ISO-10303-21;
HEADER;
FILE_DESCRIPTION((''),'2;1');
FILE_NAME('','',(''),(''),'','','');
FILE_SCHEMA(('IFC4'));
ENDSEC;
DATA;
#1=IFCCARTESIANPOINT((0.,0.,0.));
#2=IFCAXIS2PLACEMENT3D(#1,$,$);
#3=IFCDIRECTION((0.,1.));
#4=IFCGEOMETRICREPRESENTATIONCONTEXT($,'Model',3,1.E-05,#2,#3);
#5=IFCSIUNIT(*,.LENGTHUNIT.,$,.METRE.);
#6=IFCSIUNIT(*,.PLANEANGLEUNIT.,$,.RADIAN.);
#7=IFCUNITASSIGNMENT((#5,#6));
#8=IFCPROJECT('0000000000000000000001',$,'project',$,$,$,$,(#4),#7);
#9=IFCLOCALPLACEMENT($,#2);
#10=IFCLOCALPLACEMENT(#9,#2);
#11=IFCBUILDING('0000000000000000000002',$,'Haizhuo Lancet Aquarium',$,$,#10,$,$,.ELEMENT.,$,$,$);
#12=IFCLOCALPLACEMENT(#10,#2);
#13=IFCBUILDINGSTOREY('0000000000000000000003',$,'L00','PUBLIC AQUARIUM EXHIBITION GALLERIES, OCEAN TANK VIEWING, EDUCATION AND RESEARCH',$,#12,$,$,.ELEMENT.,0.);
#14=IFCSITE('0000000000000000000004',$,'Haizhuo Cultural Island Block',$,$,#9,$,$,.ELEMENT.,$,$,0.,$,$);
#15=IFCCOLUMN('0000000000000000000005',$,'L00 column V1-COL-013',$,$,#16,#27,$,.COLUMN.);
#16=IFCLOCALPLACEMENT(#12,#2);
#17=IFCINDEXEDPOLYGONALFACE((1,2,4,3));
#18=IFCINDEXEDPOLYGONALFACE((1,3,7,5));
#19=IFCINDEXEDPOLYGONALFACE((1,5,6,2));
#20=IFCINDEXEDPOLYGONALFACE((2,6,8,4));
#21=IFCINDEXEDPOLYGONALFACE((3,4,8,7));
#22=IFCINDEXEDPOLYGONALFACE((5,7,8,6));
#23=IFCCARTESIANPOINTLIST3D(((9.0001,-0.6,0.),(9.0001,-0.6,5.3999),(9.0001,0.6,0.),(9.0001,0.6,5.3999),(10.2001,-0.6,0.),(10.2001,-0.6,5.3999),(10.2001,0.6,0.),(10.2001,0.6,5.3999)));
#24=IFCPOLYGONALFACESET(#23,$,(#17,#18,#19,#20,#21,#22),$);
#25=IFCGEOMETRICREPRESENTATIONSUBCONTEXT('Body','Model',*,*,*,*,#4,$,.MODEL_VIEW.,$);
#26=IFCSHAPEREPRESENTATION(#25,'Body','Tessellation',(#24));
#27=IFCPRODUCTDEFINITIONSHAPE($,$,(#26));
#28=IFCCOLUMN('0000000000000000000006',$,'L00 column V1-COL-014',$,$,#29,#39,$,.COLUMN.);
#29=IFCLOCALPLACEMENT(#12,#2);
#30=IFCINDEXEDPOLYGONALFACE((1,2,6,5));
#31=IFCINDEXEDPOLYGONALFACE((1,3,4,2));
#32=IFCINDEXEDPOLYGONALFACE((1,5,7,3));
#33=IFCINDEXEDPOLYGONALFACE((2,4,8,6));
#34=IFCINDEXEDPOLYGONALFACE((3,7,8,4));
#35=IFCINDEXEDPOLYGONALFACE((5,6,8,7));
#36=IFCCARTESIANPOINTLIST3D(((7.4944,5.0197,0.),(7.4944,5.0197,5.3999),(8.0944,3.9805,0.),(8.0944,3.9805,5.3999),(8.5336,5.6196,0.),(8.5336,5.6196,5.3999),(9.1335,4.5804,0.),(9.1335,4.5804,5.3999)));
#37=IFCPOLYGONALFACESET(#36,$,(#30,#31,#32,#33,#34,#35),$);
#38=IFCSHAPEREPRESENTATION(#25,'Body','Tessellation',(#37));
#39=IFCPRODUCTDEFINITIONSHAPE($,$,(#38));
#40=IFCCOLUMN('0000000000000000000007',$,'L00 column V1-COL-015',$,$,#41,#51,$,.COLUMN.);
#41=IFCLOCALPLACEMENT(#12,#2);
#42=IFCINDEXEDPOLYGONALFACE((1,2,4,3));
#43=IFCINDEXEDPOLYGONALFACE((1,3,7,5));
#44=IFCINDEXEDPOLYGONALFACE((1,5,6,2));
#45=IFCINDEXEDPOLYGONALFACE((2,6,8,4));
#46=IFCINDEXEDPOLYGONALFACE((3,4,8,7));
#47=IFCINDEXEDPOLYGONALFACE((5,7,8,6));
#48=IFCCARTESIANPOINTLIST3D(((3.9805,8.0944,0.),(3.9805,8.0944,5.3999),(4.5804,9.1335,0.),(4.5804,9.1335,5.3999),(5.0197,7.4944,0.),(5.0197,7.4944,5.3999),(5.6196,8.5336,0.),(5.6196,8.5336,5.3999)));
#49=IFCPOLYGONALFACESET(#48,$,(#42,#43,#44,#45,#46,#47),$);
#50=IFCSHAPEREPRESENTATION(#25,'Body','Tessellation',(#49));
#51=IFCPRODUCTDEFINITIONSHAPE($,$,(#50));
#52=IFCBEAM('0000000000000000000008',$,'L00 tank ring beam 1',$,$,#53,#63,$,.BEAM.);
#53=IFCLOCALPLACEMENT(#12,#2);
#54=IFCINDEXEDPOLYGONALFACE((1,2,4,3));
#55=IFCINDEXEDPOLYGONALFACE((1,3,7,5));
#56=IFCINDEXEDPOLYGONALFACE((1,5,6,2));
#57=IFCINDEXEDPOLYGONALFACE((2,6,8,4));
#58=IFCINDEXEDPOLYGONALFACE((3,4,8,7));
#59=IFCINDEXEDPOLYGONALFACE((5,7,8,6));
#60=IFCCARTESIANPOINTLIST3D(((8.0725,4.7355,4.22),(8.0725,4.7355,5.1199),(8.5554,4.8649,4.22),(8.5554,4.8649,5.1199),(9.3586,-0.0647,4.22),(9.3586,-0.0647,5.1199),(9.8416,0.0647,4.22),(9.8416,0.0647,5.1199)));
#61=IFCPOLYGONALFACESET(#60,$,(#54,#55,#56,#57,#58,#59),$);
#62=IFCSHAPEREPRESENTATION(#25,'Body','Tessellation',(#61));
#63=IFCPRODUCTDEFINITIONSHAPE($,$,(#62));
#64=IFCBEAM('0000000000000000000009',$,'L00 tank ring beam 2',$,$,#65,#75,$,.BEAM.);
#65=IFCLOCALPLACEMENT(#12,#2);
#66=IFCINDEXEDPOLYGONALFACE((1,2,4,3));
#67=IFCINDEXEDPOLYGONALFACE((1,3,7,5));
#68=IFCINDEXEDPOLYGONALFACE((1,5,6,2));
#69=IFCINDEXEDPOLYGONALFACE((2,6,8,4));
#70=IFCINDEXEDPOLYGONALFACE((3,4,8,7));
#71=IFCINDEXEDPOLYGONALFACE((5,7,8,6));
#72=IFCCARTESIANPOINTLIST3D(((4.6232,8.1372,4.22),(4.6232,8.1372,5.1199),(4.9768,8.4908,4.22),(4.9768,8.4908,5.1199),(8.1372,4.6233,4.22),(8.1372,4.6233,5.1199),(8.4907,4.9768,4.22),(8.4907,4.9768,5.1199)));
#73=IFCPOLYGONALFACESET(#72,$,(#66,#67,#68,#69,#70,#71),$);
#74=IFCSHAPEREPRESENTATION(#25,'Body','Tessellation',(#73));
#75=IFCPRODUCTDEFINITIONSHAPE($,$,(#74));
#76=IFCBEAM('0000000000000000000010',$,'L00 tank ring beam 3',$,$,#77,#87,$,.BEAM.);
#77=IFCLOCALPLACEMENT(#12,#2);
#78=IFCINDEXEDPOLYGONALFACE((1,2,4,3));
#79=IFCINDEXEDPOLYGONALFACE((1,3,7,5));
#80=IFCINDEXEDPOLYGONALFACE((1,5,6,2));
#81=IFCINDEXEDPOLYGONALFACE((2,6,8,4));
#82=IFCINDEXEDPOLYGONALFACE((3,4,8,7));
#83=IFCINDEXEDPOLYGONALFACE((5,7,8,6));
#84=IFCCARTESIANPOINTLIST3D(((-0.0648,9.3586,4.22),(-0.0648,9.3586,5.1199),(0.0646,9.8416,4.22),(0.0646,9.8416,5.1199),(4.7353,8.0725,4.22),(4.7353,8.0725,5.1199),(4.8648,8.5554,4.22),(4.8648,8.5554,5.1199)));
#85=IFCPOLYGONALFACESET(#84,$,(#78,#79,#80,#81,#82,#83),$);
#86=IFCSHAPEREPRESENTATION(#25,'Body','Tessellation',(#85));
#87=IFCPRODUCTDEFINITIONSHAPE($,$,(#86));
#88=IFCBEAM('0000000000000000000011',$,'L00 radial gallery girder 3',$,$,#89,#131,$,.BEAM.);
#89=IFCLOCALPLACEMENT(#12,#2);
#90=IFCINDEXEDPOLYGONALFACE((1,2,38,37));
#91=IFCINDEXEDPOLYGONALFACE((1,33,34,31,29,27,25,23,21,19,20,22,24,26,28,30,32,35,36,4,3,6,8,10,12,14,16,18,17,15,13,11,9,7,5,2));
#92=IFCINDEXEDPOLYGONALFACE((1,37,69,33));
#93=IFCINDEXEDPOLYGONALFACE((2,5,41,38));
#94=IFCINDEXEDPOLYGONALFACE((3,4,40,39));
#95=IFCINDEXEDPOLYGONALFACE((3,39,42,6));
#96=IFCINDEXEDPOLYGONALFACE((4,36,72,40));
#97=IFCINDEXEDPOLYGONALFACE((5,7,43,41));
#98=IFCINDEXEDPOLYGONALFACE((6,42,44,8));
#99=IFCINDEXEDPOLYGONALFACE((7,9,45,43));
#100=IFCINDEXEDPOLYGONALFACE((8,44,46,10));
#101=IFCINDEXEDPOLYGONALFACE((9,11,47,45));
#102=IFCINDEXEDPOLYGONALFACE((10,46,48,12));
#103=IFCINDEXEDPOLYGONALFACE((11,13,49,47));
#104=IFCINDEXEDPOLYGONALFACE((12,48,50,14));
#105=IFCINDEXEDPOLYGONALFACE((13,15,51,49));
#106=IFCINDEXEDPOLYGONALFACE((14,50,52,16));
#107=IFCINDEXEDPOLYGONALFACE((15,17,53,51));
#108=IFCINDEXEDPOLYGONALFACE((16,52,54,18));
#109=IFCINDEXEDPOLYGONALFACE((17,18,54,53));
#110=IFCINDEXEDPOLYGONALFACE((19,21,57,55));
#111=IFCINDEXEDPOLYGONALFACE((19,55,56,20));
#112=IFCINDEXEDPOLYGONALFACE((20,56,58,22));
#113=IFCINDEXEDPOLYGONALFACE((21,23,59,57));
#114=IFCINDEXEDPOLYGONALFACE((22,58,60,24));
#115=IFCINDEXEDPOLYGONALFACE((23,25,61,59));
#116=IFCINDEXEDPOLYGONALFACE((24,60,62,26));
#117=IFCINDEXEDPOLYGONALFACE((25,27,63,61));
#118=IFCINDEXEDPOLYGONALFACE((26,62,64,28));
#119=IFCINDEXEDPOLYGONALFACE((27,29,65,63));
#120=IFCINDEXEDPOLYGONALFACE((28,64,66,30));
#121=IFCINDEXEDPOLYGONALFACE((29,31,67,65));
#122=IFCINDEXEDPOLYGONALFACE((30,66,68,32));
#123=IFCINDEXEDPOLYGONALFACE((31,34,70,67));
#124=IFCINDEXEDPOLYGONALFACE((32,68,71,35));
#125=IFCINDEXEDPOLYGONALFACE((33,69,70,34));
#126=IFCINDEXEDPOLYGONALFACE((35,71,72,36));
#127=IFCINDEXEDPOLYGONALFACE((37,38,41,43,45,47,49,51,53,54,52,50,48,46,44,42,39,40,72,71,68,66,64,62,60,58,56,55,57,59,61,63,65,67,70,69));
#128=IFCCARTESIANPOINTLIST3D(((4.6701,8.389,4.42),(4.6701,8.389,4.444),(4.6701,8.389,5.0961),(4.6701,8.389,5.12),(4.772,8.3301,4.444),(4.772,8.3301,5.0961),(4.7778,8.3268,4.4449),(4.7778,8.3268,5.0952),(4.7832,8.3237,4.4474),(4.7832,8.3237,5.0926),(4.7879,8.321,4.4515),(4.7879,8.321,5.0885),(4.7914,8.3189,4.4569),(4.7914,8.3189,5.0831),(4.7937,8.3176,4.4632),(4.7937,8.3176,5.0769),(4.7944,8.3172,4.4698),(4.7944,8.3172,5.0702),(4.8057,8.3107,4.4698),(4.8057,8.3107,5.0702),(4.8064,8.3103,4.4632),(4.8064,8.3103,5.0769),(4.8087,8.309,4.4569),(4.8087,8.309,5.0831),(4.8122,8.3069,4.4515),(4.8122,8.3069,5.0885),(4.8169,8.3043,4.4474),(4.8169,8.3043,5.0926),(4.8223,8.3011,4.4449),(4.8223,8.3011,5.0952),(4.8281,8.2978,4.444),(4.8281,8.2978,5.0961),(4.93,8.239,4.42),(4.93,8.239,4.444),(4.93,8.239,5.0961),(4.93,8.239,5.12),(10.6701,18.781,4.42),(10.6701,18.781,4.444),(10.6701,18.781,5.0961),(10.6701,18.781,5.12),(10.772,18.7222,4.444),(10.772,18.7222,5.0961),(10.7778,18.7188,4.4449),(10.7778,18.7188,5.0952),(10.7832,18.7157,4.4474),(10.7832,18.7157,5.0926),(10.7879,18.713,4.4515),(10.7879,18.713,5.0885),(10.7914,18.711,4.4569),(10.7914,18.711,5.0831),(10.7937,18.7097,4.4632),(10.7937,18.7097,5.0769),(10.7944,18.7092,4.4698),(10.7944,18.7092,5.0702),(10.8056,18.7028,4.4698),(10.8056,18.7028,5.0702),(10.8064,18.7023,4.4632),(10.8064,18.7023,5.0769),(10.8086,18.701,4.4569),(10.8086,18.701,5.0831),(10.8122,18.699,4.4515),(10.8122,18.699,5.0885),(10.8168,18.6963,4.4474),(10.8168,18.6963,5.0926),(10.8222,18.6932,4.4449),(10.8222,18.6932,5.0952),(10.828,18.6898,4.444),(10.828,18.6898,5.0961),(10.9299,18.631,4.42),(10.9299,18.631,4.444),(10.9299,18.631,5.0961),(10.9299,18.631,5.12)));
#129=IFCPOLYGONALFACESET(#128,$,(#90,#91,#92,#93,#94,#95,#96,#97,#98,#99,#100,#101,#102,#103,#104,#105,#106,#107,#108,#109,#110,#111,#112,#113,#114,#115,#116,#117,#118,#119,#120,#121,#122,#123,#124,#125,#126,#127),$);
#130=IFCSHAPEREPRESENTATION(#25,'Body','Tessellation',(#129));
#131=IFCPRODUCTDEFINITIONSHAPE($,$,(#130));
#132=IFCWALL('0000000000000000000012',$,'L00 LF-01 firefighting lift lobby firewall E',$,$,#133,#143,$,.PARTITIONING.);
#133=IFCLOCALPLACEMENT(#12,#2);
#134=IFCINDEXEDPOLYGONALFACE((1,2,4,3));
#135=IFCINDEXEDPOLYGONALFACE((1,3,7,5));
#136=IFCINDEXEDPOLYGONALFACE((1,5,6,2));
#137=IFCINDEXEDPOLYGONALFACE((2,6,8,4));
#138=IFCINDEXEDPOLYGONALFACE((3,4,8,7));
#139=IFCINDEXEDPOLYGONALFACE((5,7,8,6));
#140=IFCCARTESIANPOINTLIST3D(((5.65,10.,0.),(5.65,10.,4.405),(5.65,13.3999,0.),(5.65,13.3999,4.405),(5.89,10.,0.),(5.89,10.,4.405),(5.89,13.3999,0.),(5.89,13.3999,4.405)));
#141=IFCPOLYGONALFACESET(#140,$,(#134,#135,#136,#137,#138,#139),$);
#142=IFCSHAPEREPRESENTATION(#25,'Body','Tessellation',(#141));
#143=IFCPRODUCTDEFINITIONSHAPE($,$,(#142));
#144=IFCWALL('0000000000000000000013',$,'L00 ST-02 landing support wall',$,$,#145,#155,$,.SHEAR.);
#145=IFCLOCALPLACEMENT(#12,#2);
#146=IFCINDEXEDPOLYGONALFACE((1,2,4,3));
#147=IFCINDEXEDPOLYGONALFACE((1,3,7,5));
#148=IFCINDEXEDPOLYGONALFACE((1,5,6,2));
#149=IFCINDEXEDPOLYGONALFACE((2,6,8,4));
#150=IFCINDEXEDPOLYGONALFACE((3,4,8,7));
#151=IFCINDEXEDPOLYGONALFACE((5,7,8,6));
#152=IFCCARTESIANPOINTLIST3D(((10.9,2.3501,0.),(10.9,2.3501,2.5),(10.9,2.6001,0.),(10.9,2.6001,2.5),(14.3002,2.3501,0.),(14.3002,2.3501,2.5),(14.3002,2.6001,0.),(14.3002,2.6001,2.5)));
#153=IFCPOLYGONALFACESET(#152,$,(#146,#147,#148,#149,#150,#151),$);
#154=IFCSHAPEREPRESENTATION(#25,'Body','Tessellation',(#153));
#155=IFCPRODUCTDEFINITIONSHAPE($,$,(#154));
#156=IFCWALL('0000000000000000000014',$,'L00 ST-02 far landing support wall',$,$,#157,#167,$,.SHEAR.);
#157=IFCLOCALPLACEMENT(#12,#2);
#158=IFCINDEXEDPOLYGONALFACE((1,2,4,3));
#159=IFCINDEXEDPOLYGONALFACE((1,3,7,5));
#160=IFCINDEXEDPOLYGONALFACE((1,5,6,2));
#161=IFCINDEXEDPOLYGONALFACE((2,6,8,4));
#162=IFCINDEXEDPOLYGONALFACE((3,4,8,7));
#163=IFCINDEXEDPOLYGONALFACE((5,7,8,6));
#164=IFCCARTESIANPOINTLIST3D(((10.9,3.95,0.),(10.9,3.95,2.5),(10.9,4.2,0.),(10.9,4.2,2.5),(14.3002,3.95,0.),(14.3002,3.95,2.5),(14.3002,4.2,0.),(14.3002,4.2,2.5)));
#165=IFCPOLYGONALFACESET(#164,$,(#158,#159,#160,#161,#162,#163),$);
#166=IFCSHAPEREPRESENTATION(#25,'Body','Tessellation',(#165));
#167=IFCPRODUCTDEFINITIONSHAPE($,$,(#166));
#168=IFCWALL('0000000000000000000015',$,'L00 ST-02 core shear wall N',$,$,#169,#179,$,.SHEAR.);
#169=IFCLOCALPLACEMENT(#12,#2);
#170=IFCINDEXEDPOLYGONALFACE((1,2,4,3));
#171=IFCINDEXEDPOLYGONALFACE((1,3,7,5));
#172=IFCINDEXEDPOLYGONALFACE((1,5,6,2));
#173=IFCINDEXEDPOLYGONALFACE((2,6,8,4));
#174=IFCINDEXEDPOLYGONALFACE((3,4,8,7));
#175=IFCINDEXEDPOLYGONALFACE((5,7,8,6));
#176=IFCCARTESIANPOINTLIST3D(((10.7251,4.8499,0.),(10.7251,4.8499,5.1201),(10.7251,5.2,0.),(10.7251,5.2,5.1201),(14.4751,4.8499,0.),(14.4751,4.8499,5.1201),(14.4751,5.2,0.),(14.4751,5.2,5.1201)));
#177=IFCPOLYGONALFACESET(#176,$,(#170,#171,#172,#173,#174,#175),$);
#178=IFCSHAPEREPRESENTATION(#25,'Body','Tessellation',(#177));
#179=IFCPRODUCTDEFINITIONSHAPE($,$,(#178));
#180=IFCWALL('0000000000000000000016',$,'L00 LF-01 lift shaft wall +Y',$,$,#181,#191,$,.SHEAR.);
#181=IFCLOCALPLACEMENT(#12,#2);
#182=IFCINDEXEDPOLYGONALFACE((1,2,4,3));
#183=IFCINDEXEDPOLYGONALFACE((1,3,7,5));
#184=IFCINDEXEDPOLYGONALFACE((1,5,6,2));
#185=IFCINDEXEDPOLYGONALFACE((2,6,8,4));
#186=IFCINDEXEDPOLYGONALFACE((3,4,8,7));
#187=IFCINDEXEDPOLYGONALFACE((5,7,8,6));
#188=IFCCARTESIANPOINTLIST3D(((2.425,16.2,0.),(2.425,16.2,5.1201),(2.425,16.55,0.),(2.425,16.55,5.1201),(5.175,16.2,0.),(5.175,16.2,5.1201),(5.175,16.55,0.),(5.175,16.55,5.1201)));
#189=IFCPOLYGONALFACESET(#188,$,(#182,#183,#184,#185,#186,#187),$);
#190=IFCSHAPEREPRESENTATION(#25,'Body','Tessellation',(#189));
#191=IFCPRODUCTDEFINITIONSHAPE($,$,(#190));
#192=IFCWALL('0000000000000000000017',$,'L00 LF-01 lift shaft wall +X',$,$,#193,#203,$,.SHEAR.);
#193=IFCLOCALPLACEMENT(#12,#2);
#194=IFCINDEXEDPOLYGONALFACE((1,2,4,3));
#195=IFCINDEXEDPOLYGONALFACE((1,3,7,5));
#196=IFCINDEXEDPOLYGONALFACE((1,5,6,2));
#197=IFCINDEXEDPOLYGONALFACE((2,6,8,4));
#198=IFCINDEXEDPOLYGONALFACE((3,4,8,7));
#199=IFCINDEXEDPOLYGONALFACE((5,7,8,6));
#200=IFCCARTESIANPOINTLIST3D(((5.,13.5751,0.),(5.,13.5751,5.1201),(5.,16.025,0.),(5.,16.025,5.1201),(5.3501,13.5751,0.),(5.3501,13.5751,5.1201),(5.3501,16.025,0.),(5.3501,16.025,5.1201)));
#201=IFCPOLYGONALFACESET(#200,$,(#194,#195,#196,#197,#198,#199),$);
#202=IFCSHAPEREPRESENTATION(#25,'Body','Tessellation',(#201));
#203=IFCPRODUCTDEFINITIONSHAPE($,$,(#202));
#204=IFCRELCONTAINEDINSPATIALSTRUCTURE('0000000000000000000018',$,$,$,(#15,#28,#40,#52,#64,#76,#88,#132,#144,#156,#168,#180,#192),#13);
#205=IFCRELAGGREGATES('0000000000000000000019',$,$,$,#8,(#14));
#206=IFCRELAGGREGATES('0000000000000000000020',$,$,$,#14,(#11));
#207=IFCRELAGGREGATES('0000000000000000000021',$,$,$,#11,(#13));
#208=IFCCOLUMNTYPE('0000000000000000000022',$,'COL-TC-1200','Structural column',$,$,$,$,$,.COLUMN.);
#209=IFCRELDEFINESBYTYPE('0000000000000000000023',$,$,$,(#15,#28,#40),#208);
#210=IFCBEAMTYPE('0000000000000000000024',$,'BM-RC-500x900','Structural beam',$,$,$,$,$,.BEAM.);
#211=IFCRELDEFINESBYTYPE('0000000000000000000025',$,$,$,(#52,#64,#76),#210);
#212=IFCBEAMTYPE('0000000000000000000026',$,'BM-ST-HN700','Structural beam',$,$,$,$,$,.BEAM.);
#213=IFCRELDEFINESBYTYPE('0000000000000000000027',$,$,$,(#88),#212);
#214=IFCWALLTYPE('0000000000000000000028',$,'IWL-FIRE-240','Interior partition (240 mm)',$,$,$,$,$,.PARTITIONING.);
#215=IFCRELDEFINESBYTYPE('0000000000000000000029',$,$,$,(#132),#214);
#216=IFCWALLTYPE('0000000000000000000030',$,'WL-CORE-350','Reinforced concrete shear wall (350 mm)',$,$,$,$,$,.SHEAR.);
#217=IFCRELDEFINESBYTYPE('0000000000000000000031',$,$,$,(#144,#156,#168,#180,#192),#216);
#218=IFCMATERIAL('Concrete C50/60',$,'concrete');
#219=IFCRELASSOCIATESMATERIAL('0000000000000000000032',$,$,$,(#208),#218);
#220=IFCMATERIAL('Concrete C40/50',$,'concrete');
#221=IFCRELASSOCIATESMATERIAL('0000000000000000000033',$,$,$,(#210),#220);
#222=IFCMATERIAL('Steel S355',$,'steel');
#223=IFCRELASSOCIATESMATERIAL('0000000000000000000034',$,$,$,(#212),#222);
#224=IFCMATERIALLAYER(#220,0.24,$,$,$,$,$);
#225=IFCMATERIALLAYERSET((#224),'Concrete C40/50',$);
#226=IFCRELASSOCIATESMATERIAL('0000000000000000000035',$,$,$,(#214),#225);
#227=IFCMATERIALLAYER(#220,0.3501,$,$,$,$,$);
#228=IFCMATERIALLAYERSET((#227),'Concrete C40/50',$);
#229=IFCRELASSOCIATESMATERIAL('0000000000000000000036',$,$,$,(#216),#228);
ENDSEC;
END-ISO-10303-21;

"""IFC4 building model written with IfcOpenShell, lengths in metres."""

from ifc_helpers import new_model, si_unit, direction, frame, frame_2d, origin, origin_2d, place, context, subcontext, project, spatial, rectangle, i_section, extrude, material, layer, layer_set, material_profile, profile_set, type_object, element, save


model = new_model("IFC4")

# Units and contexts
model_context = context("Model", 3, precision=1e-05, world=origin(), true_north=direction((0.0, 1.0)))
body_context = subcontext(model_context, "Body", "Model", "MODEL_VIEW")
ifc_project = project(units=[si_unit("LENGTHUNIT", "METRE"), si_unit("PLANEANGLEUNIT", "RADIAN")], contexts=[model_context])

# Site, building, storey
site_placement = place(None, origin())
site = spatial("IfcSite", under=ifc_project, at=site_placement, Name="Haizhuo Cultural Island Block", CompositionType="ELEMENT", RefElevation=0.0)
building_placement = place(site_placement, origin())
building = spatial("IfcBuilding", under=site, at=building_placement, Name="Haizhuo Lancet Aquarium", CompositionType="ELEMENT")
storey_placement = place(building_placement, origin())
storey = spatial("IfcBuildingStorey", under=building, at=storey_placement, Name="L00", Description="PUBLIC AQUARIUM EXHIBITION GALLERIES, OCEAN TANK VIEWING, EDUCATION AND RESEARCH", CompositionType="ELEMENT", Elevation=0.0)

# Columns
ifc_material_1 = material(Name="Concrete C50/60", Category="concrete")
ifc_material_profile_1 = material_profile(ifc_material_1, rectangle(XDim=1.2, YDim=1.2, at=origin_2d()), Name="RC-COL 1200x1200")
ifc_profile_set_1 = profile_set([ifc_material_profile_1], Name="Concrete C50/60")
column_type = type_object("IfcColumnType", Name="COL-TC-1200", Description="Structural column", PredefinedType="COLUMN", material=ifc_profile_set_1)
for number, where, z_axis, x_axis, name in (
    (1, (9.6001, 0.0, 0.0), (0.0, 0.0, 1.0), (1.0, 0.0, 0.0), "L00 column V1-COL-013"),
    (2, (8.314, 4.8, 0.0), (0.0, 0.0, 1.0), (0.866025, 0.5, 0.0), "L00 column V1-COL-014"),
    (3, (4.8, 8.314, 0.0), (0.0, 0.0, 1.0), (0.5, 0.866025, 0.0), "L00 column V1-COL-015"),
):
    element("IfcColumn", number, at=place(storey_placement, frame(where, z_axis=z_axis, x_axis=x_axis)), inside=storey, type_object=column_type, Name=name, PredefinedType="COLUMN", context=body_context, shape_type="SweptSolid", body=[
        extrude(rectangle(XDim=1.2, YDim=1.2, at=origin_2d()), origin(), (0.0, 0.0, 1.0), 5.3999),
    ])

# Beams
ifc_material_2 = material(Name="Concrete C40/50", Category="concrete")
ifc_material_profile_2 = material_profile(ifc_material_2, rectangle(XDim=0.5, YDim=0.8999, at=origin_2d()), Name="RC-BM 500x900")
ifc_profile_set_2 = profile_set([ifc_material_profile_2], Name="Concrete C40/50")
beam_type_1 = type_object("IfcBeamType", Name="BM-RC-500x900", Description="Structural beam", PredefinedType="BEAM", material=ifc_profile_set_2)
for number, where, z_axis, x_axis, name in (
    (4, (9.6001, 0.0, 4.6699), (-0.258812, 0.965928, 0.0), (-0.965928, -0.258812, 0.0), "L00 tank ring beam 1"),
    (5, (8.314, 4.8, 4.6699), (-0.707107, 0.707107, 0.0), (-0.707107, -0.707107, 0.0), "L00 tank ring beam 2"),
    (6, (4.8, 8.314, 4.6699), (-0.965928, 0.258812, 0.0), (-0.258812, -0.965928, 0.0), "L00 tank ring beam 3"),
):
    element("IfcBeam", number, at=place(storey_placement, frame(where, z_axis=z_axis, x_axis=x_axis)), inside=storey, type_object=beam_type_1, Name=name, PredefinedType="BEAM", context=body_context, shape_type="SweptSolid", body=[
        extrude(rectangle(XDim=0.5, YDim=0.8999, at=origin_2d()), origin(), (0.0, 0.0, 1.0), 4.9695),
    ])
ifc_material_3 = material(Name="Steel S355", Category="steel")
ifc_material_profile_3 = material_profile(ifc_material_3, i_section(OverallWidth=0.3, OverallDepth=0.7, WebThickness=0.0129, FlangeThickness=0.0239, FilletRadius=0.0259, at=origin_2d()), Name="HN 700x300x13x24")
ifc_profile_set_3 = profile_set([ifc_material_profile_3], Name="Steel S355")
beam_type_2 = type_object("IfcBeamType", Name="BM-ST-HN700", Description="Structural beam", PredefinedType="BEAM", material=ifc_profile_set_3)
beam_placement = place(storey_placement, frame((4.8, 8.314, 4.77), z_axis=(0.500008, 0.866021, 0.0), x_axis=(-0.866021, 0.500008, 0.0)))
element("IfcBeam", 7, at=beam_placement, inside=storey, type_object=beam_type_2, Name="L00 radial gallery girder 3", PredefinedType="BEAM", context=body_context, shape_type="SweptSolid", body=[
    extrude(i_section(OverallWidth=0.3, OverallDepth=0.7, WebThickness=0.0129, FlangeThickness=0.0239, FilletRadius=0.0259, at=origin_2d()), origin(), (0.0, 0.0, 1.0), 11.9998),
])

# Walls
ifc_layer_1 = layer(ifc_material_2, 0.24)
ifc_layer_set_1 = layer_set([ifc_layer_1], Name="Concrete C40/50")
wall_type_1 = type_object("IfcWallType", Name="IWL-FIRE-240", Description="Interior partition (240 mm)", PredefinedType="PARTITIONING", material=ifc_layer_set_1)
wall_1_placement = place(storey_placement, frame((5.77, 10.0, 0.0), z_axis=(0.0, 0.0, 1.0), x_axis=(0.0, 1.0, 0.0)))
element("IfcWall", 8, at=wall_1_placement, inside=storey, type_object=wall_type_1, Name="L00 LF-01 firefighting lift lobby firewall E", PredefinedType="PARTITIONING", context=body_context, shape_type="SweptSolid", body=[
    extrude(rectangle(XDim=3.3999, YDim=0.24, at=frame_2d((1.7, 0.0))), origin(), (0.0, 0.0, 1.0), 4.405),
])
ifc_layer_2 = layer(ifc_material_2, 0.3501)
ifc_layer_set_2 = layer_set([ifc_layer_2], Name="Concrete C40/50")
wall_type_2 = type_object("IfcWallType", Name="WL-CORE-350", Description="Reinforced concrete shear wall (350 mm)", PredefinedType="SHEAR", material=ifc_layer_set_2)
for number, where, z_axis, x_axis, name in (
    (9, (10.8999, 2.4751, 0.0), (0.0, 0.0, 1.0), (1.0, 0.0, 0.0), "L00 ST-02 landing support wall"),
    (10, (10.8999, 4.075, 0.0), (0.0, 0.0, 1.0), (1.0, 0.0, 0.0), "L00 ST-02 far landing support wall"),
):
    element("IfcWall", number, at=place(storey_placement, frame(where, z_axis=z_axis, x_axis=x_axis)), inside=storey, type_object=wall_type_2, Name=name, PredefinedType="SHEAR", context=body_context, shape_type="SweptSolid", body=[
        extrude(rectangle(XDim=3.4001, YDim=0.25, at=frame_2d((1.7002, 0.0))), origin(), (0.0, 0.0, 1.0), 2.5),
    ])
wall_2_placement = place(storey_placement, frame((10.7251, 5.0249, 0.0), z_axis=(0.0, 0.0, 1.0), x_axis=(1.0, 0.0, 0.0)))
element("IfcWall", 11, at=wall_2_placement, inside=storey, type_object=wall_type_2, Name="L00 ST-02 core shear wall N", PredefinedType="SHEAR", context=body_context, shape_type="SweptSolid", body=[
    extrude(rectangle(XDim=3.75, YDim=0.3501, at=frame_2d((1.875, 0.0))), origin(), (0.0, 0.0, 1.0), 5.1201),
])
wall_3_placement = place(storey_placement, frame((5.175, 16.375, 0.0), z_axis=(0.0, 0.0, 1.0), x_axis=(-1.0, 0.0, 0.0)))
element("IfcWall", 12, at=wall_3_placement, inside=storey, type_object=wall_type_2, Name="L00 LF-01 lift shaft wall +Y", PredefinedType="SHEAR", context=body_context, shape_type="SweptSolid", body=[
    extrude(rectangle(XDim=2.75, YDim=0.3501, at=frame_2d((1.375, 0.0))), origin(), (0.0, 0.0, 1.0), 5.1201),
])
wall_4_placement = place(storey_placement, frame((5.175, 13.575, 0.0), z_axis=(0.0, 0.0, 1.0), x_axis=(0.0, 1.0, 0.0)))
element("IfcWall", 13, at=wall_4_placement, inside=storey, type_object=wall_type_2, Name="L00 LF-01 lift shaft wall +X", PredefinedType="SHEAR", context=body_context, shape_type="SweptSolid", body=[
    extrude(rectangle(XDim=2.45, YDim=0.3501, at=frame_2d((1.2251, 0.0))), origin(), (0.0, 0.0, 1.0), 5.1201),
])

save(model, "model.ifc")
